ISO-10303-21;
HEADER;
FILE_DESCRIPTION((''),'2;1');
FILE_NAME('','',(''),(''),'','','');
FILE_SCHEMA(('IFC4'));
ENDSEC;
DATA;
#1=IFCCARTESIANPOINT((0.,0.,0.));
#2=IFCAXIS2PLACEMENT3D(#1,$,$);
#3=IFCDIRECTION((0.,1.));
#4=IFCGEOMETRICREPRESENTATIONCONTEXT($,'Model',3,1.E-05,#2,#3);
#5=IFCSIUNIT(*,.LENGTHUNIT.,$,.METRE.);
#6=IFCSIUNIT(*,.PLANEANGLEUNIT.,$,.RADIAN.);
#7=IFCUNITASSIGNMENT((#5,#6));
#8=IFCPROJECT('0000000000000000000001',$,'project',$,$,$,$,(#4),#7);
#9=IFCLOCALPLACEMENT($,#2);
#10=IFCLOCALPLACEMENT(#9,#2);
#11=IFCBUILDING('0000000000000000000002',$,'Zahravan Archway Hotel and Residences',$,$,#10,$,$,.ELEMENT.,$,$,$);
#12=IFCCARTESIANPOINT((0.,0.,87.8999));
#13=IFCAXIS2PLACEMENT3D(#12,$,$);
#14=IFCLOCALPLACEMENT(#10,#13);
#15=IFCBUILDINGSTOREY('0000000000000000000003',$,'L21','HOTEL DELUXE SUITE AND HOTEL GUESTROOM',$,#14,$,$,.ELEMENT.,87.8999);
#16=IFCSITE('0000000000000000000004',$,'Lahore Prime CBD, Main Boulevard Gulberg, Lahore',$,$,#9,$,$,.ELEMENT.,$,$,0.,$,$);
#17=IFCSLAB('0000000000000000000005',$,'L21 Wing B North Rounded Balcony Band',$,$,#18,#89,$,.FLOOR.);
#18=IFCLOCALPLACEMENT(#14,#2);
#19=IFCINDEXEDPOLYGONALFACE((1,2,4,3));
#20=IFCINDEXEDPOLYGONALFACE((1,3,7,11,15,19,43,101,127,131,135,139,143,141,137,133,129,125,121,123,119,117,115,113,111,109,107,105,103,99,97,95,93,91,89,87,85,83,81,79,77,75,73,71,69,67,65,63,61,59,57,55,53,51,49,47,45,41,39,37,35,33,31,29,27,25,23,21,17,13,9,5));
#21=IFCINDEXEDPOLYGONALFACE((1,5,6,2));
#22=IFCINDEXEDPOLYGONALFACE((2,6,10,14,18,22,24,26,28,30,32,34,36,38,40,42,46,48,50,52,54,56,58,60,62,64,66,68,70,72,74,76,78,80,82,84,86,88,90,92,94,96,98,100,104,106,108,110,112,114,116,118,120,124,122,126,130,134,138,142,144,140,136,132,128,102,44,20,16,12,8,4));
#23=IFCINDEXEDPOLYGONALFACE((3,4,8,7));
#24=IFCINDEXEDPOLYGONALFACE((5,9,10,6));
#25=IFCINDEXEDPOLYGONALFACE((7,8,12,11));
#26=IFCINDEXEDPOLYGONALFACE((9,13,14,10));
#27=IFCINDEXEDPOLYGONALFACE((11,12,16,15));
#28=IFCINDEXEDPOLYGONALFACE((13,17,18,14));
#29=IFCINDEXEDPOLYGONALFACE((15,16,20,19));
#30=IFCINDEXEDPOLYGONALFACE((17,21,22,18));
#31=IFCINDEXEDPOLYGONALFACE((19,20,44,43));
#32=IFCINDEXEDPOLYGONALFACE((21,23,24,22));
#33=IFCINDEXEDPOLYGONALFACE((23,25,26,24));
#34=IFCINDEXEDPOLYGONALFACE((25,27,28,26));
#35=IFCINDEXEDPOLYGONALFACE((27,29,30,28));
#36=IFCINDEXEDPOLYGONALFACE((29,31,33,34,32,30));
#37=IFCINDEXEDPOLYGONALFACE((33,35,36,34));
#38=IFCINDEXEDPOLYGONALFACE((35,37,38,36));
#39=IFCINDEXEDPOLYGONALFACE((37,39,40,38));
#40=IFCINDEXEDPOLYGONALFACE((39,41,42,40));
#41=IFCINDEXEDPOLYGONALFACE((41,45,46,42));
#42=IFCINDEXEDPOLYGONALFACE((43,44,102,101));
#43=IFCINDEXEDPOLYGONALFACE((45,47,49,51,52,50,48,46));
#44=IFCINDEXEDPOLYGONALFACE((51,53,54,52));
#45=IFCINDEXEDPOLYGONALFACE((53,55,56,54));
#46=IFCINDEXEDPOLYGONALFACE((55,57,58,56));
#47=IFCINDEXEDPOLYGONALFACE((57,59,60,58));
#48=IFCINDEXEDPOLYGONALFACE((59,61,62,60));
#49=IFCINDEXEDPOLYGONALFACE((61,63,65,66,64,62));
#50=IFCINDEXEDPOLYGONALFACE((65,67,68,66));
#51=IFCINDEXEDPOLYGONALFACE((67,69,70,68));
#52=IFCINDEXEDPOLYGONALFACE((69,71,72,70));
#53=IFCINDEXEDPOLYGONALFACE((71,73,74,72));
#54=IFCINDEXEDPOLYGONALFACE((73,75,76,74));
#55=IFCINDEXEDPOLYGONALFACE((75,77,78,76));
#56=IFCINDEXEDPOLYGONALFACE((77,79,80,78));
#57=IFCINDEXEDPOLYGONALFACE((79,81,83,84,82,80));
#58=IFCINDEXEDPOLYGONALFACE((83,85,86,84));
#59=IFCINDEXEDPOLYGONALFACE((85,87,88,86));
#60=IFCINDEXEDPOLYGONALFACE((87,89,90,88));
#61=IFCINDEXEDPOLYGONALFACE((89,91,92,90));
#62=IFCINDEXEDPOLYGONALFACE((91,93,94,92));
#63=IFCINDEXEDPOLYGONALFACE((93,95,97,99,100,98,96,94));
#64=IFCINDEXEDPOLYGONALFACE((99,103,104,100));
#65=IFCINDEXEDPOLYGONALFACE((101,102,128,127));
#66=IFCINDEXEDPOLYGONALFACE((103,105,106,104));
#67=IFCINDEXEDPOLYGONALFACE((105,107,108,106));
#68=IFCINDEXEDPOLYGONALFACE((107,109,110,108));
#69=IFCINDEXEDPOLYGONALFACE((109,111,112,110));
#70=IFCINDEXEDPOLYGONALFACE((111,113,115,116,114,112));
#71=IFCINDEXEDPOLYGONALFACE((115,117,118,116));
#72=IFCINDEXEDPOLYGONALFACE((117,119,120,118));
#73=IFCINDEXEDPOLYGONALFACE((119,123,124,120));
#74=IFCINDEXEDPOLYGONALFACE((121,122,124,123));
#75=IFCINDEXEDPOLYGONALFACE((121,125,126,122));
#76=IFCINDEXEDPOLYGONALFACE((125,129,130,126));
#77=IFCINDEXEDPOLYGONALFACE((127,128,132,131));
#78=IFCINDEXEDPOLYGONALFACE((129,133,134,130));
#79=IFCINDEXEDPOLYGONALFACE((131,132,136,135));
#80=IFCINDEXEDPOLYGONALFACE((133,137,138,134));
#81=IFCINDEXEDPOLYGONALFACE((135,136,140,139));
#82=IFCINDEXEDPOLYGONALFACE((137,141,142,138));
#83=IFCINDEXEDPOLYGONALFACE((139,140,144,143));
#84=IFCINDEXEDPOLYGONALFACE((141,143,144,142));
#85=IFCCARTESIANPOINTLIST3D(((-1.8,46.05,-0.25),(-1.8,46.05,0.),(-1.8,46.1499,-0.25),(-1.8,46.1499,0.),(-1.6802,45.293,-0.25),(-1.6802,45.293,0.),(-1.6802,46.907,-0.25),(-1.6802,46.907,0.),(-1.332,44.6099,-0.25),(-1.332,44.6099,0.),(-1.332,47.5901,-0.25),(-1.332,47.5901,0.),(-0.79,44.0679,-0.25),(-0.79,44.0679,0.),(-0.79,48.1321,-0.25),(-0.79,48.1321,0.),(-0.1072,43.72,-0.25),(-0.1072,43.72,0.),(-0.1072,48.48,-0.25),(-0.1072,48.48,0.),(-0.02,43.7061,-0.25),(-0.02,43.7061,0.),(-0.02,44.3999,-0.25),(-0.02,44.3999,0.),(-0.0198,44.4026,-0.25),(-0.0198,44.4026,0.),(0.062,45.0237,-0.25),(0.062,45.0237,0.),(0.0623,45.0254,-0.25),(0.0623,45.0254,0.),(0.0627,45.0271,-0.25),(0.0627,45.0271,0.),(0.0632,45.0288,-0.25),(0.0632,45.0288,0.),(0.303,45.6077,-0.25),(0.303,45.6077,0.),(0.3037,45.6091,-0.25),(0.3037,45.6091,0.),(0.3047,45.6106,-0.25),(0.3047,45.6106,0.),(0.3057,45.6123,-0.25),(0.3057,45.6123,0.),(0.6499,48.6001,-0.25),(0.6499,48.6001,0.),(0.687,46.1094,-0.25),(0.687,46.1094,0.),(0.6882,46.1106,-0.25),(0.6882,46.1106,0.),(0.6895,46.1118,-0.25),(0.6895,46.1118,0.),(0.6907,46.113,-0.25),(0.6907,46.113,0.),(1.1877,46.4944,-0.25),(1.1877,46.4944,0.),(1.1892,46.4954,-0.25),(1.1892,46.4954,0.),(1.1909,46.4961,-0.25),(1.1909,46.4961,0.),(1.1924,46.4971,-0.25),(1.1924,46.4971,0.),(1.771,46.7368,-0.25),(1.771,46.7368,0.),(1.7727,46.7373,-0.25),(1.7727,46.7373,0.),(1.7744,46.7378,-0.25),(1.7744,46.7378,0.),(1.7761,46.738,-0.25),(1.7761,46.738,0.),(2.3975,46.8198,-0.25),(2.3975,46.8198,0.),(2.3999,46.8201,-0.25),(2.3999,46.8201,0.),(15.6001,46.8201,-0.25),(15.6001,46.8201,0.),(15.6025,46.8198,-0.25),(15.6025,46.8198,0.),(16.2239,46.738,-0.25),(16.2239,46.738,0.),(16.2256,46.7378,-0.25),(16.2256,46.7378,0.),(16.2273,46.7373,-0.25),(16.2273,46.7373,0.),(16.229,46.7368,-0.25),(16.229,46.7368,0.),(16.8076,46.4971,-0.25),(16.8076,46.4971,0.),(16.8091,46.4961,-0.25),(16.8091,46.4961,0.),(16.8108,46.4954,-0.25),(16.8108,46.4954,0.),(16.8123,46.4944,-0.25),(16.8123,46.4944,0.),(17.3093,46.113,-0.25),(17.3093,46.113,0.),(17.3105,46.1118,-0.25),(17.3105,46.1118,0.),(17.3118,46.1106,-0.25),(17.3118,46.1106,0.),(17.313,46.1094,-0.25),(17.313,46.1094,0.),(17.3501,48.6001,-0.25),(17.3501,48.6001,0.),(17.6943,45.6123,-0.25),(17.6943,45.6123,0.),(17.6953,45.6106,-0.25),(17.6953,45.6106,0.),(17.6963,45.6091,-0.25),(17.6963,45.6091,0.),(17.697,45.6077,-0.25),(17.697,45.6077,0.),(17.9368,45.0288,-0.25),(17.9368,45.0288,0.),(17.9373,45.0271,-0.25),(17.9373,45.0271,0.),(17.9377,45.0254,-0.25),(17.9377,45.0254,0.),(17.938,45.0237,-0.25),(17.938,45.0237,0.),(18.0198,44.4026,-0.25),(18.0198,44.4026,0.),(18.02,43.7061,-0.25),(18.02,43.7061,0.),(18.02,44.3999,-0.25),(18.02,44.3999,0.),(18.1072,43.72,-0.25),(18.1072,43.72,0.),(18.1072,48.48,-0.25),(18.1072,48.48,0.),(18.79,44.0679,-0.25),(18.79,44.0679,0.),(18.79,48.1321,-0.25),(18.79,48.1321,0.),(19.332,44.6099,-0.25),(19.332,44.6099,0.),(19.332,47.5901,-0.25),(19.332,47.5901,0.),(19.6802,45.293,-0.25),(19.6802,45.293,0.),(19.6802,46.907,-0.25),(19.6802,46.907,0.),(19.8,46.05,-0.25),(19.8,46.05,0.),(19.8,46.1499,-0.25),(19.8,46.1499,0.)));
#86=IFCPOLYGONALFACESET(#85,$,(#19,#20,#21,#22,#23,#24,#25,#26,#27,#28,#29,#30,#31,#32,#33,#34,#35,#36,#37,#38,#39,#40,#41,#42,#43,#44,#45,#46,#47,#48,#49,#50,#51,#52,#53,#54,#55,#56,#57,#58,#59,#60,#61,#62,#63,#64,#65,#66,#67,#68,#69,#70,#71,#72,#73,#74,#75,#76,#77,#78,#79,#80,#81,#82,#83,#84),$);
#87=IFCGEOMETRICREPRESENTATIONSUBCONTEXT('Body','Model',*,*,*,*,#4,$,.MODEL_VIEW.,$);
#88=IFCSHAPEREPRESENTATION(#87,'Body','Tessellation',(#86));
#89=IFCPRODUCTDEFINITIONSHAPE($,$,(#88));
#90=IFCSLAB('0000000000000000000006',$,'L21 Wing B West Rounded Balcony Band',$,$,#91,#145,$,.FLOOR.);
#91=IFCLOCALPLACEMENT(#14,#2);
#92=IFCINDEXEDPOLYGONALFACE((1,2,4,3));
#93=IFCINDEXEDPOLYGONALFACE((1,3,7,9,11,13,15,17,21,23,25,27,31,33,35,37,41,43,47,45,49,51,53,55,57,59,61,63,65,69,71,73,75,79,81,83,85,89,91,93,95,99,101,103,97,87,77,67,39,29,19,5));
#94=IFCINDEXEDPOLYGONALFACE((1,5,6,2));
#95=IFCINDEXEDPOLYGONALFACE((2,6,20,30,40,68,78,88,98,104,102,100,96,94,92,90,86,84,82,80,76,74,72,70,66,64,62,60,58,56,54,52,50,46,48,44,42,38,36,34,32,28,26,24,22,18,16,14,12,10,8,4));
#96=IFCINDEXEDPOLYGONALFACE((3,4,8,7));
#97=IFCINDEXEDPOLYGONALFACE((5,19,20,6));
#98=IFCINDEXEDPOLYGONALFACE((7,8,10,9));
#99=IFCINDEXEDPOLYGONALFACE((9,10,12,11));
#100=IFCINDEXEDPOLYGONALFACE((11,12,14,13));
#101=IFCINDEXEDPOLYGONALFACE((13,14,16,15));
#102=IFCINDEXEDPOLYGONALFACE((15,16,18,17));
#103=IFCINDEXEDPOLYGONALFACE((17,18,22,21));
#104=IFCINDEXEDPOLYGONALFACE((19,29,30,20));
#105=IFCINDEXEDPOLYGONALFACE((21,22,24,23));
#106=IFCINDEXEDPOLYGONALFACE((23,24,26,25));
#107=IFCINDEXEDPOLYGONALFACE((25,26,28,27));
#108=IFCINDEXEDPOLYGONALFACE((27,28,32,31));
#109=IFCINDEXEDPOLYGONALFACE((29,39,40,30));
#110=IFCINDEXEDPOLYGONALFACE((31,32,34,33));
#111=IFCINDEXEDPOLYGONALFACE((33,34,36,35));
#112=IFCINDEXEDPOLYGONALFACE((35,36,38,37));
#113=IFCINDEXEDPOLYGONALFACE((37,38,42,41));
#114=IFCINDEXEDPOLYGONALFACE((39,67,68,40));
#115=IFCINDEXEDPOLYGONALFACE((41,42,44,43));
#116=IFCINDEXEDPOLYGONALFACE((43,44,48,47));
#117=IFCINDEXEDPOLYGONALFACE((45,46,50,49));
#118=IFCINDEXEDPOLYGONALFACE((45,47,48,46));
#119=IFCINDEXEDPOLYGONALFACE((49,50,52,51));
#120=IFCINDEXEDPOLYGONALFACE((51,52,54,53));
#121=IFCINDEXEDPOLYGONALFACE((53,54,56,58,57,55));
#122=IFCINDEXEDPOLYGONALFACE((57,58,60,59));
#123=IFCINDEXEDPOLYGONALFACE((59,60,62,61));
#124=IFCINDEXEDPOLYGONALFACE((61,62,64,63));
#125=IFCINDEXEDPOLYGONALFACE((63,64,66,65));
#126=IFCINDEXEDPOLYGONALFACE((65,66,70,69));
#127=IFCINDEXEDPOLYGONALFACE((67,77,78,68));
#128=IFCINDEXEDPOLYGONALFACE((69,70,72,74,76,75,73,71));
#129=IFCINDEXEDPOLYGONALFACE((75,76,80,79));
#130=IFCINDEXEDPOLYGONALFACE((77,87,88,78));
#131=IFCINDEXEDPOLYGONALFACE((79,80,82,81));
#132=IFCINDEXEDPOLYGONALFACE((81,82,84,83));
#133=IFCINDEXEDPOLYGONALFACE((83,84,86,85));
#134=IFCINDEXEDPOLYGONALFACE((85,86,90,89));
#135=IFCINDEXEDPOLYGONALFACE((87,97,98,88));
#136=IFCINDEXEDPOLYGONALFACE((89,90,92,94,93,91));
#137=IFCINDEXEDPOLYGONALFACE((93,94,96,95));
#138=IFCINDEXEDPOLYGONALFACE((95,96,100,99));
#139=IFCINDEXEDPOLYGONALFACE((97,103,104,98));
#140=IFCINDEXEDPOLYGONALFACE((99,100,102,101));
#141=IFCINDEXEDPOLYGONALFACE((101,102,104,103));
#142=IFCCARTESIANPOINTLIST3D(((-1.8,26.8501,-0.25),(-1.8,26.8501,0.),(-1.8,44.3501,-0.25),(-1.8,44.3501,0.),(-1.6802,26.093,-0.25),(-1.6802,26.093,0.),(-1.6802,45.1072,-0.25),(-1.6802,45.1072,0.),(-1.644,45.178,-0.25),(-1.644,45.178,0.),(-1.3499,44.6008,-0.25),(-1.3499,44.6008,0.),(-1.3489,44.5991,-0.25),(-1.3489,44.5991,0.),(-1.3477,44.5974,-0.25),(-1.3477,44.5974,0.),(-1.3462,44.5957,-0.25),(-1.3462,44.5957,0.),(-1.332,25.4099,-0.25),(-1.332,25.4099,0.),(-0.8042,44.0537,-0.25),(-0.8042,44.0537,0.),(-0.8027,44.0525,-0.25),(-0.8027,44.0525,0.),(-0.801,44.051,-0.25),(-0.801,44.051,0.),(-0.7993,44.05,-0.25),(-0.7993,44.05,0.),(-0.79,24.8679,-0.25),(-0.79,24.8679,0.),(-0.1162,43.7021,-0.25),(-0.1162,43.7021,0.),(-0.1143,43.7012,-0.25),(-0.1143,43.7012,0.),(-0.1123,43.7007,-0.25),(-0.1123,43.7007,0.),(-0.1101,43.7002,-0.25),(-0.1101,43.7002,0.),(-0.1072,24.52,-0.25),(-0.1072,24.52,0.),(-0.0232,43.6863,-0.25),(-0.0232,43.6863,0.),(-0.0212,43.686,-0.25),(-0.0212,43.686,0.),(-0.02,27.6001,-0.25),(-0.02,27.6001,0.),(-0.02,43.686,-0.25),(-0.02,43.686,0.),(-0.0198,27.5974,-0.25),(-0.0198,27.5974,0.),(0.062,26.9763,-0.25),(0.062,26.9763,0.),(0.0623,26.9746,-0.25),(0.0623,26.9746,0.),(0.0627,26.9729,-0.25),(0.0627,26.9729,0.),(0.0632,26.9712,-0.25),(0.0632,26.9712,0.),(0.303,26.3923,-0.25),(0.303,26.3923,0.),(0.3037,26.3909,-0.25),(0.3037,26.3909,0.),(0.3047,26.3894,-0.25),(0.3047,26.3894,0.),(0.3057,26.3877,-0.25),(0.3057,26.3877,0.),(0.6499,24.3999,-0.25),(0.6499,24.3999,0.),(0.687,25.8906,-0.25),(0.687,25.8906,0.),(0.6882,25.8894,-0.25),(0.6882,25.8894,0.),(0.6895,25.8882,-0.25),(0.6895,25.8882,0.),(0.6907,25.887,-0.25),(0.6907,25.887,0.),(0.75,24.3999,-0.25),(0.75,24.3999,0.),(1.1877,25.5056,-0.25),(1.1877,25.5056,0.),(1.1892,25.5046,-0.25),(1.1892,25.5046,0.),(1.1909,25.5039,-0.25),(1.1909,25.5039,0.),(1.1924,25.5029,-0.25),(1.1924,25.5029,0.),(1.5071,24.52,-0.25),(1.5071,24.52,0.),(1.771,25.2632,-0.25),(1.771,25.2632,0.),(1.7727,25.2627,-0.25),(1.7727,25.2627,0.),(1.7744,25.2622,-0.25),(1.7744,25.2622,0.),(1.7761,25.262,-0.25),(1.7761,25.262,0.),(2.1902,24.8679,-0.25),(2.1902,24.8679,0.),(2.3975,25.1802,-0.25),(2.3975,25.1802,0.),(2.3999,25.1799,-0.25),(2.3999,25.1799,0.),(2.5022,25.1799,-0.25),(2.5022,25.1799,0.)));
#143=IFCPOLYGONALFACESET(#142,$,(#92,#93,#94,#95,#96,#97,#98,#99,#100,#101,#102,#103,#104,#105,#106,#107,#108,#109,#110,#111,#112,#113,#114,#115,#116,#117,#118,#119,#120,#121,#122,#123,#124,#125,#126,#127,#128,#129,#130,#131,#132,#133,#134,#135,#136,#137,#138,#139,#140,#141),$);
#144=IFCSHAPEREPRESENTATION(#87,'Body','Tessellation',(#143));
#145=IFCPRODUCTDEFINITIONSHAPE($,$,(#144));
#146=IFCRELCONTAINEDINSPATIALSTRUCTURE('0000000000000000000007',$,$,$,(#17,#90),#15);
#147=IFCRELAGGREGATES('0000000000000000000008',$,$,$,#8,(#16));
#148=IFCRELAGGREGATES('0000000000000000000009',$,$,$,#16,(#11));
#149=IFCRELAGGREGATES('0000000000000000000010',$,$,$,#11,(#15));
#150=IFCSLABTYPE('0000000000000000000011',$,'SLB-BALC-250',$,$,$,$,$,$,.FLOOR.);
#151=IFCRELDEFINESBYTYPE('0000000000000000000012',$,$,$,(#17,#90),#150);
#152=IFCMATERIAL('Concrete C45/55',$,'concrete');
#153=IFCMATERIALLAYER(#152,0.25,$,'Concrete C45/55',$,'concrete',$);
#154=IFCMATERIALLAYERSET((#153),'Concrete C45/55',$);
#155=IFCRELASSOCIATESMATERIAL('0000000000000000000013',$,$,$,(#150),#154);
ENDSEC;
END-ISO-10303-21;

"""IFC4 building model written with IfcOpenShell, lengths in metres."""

from ifc_helpers import new_model, si_unit, direction, frame, origin, place, context, subcontext, project, spatial, polyline, outline, extrude, material, layer, layer_set, type_object, element, save


model = new_model("IFC4")

# Units and contexts
model_context = context("Model", 3, precision=1e-05, world=origin(), true_north=direction((0.0, 1.0)))
body_context = subcontext(model_context, "Body", "Model", "MODEL_VIEW")
ifc_project = project(units=[si_unit("LENGTHUNIT", "METRE"), si_unit("PLANEANGLEUNIT", "RADIAN")], contexts=[model_context])

# Site, building, storey
site_placement = place(None, origin())
site = spatial("IfcSite", under=ifc_project, at=site_placement, Name="Lahore Prime CBD, Main Boulevard Gulberg, Lahore", CompositionType="ELEMENT", RefElevation=0.0)
building_placement = place(site_placement, origin())
building = spatial("IfcBuilding", under=site, at=building_placement, Name="Zahravan Archway Hotel and Residences", CompositionType="ELEMENT")
storey_placement = place(building_placement, frame((0.0, 0.0, 87.8999)))
storey = spatial("IfcBuildingStorey", under=building, at=storey_placement, Name="L21", Description="HOTEL DELUXE SUITE AND HOTEL GUESTROOM", CompositionType="ELEMENT", Elevation=87.8999)

# Slabs
ifc_material_1 = material(Name="Concrete C45/55", Category="concrete")
ifc_layer_1 = layer(ifc_material_1, 0.25, Name="Concrete C45/55", Category="concrete")
ifc_layer_set_1 = layer_set([ifc_layer_1], Name="Concrete C45/55")
slab_type_1 = type_object("IfcSlabType", Name="SLB-BALC-250", PredefinedType="FLOOR", material=ifc_layer_set_1)
slab_1_placement = place(storey_placement, frame((0.0, 0.0, -0.25)))
element("IfcSlab", 1, at=slab_1_placement, inside=storey, type_object=slab_type_1, Name="L21 Wing B North Rounded Balcony Band", PredefinedType="FLOOR", context=body_context, shape_type="SweptSolid", body=[
    extrude(outline(polyline([(-0.1072, 43.72), (-0.79, 44.0679), (-1.332, 44.6099), (-1.6802, 45.293), (-1.8, 46.05), (-1.8, 46.1499), (-1.6802, 46.907), (-1.332, 47.5901), (-0.79, 48.1321), (-0.1072, 48.48), (0.6499, 48.6001), (17.3501, 48.6001), (18.1072, 48.48), (18.79, 48.1321), (19.332, 47.5901), (19.6802, 46.907), (19.8, 46.1499), (19.8, 46.05), (19.6802, 45.293), (19.332, 44.6099), (18.79, 44.0679), (18.1072, 43.72), (18.02, 43.7061), (18.02, 44.3999), (18.0198, 44.4026), (17.938, 45.0237), (17.9377, 45.0254), (17.9373, 45.0271), (17.9368, 45.0288), (17.697, 45.6077), (17.6963, 45.6091), (17.6953, 45.6106), (17.6943, 45.6123), (17.313, 46.1094), (17.3118, 46.1106), (17.3105, 46.1118), (17.3093, 46.113), (16.8123, 46.4944), (16.8108, 46.4954), (16.8091, 46.4961), (16.8076, 46.4971), (16.229, 46.7368), (16.2273, 46.7373), (16.2256, 46.7378), (16.2239, 46.738), (15.6025, 46.8198), (15.6001, 46.8201), (2.3999, 46.8201), (2.3975, 46.8198), (1.7761, 46.738), (1.7744, 46.7378), (1.7727, 46.7373), (1.771, 46.7368), (1.1924, 46.4971), (1.1909, 46.4961), (1.1892, 46.4954), (1.1877, 46.4944), (0.6907, 46.113), (0.6895, 46.1118), (0.6882, 46.1106), (0.687, 46.1094), (0.3057, 45.6123), (0.3047, 45.6106), (0.3037, 45.6091), (0.303, 45.6077), (0.0632, 45.0288), (0.0627, 45.0271), (0.0623, 45.0254), (0.062, 45.0237), (-0.0198, 44.4026), (-0.02, 44.3999), (-0.02, 43.7061), (-0.1072, 43.72)])), origin(), (0.0, 0.0, 1.0), 0.25),
])
slab_2_placement = place(storey_placement, frame((0.0, 0.0, -0.25)))
element("IfcSlab", 2, at=slab_2_placement, inside=storey, type_object=slab_type_1, Name="L21 Wing B West Rounded Balcony Band", PredefinedType="FLOOR", context=body_context, shape_type="SweptSolid", body=[
    extrude(outline(polyline([(2.1902, 24.8679), (1.5071, 24.52), (0.75, 24.3999), (0.6499, 24.3999), (-0.1072, 24.52), (-0.79, 24.8679), (-1.332, 25.4099), (-1.6802, 26.093), (-1.8, 26.8501), (-1.8, 44.3501), (-1.6802, 45.1072), (-1.644, 45.178), (-1.3499, 44.6008), (-1.3489, 44.5991), (-1.3477, 44.5974), (-1.3462, 44.5957), (-0.8042, 44.0537), (-0.8027, 44.0525), (-0.801, 44.051), (-0.7993, 44.05), (-0.1162, 43.7021), (-0.1143, 43.7012), (-0.1123, 43.7007), (-0.1101, 43.7002), (-0.0232, 43.6863), (-0.0212, 43.686), (-0.02, 43.686), (-0.02, 27.6001), (-0.0198, 27.5974), (0.062, 26.9763), (0.0623, 26.9746), (0.0627, 26.9729), (0.0632, 26.9712), (0.303, 26.3923), (0.3037, 26.3909), (0.3047, 26.3894), (0.3057, 26.3877), (0.687, 25.8906), (0.6882, 25.8894), (0.6895, 25.8882), (0.6907, 25.887), (1.1877, 25.5056), (1.1892, 25.5046), (1.1909, 25.5039), (1.1924, 25.5029), (1.771, 25.2632), (1.7727, 25.2627), (1.7744, 25.2622), (1.7761, 25.262), (2.3975, 25.1802), (2.3999, 25.1799), (2.5022, 25.1799), (2.1902, 24.8679)])), origin(), (0.0, 0.0, 1.0), 0.25),
])

save(model, "model.ifc")
